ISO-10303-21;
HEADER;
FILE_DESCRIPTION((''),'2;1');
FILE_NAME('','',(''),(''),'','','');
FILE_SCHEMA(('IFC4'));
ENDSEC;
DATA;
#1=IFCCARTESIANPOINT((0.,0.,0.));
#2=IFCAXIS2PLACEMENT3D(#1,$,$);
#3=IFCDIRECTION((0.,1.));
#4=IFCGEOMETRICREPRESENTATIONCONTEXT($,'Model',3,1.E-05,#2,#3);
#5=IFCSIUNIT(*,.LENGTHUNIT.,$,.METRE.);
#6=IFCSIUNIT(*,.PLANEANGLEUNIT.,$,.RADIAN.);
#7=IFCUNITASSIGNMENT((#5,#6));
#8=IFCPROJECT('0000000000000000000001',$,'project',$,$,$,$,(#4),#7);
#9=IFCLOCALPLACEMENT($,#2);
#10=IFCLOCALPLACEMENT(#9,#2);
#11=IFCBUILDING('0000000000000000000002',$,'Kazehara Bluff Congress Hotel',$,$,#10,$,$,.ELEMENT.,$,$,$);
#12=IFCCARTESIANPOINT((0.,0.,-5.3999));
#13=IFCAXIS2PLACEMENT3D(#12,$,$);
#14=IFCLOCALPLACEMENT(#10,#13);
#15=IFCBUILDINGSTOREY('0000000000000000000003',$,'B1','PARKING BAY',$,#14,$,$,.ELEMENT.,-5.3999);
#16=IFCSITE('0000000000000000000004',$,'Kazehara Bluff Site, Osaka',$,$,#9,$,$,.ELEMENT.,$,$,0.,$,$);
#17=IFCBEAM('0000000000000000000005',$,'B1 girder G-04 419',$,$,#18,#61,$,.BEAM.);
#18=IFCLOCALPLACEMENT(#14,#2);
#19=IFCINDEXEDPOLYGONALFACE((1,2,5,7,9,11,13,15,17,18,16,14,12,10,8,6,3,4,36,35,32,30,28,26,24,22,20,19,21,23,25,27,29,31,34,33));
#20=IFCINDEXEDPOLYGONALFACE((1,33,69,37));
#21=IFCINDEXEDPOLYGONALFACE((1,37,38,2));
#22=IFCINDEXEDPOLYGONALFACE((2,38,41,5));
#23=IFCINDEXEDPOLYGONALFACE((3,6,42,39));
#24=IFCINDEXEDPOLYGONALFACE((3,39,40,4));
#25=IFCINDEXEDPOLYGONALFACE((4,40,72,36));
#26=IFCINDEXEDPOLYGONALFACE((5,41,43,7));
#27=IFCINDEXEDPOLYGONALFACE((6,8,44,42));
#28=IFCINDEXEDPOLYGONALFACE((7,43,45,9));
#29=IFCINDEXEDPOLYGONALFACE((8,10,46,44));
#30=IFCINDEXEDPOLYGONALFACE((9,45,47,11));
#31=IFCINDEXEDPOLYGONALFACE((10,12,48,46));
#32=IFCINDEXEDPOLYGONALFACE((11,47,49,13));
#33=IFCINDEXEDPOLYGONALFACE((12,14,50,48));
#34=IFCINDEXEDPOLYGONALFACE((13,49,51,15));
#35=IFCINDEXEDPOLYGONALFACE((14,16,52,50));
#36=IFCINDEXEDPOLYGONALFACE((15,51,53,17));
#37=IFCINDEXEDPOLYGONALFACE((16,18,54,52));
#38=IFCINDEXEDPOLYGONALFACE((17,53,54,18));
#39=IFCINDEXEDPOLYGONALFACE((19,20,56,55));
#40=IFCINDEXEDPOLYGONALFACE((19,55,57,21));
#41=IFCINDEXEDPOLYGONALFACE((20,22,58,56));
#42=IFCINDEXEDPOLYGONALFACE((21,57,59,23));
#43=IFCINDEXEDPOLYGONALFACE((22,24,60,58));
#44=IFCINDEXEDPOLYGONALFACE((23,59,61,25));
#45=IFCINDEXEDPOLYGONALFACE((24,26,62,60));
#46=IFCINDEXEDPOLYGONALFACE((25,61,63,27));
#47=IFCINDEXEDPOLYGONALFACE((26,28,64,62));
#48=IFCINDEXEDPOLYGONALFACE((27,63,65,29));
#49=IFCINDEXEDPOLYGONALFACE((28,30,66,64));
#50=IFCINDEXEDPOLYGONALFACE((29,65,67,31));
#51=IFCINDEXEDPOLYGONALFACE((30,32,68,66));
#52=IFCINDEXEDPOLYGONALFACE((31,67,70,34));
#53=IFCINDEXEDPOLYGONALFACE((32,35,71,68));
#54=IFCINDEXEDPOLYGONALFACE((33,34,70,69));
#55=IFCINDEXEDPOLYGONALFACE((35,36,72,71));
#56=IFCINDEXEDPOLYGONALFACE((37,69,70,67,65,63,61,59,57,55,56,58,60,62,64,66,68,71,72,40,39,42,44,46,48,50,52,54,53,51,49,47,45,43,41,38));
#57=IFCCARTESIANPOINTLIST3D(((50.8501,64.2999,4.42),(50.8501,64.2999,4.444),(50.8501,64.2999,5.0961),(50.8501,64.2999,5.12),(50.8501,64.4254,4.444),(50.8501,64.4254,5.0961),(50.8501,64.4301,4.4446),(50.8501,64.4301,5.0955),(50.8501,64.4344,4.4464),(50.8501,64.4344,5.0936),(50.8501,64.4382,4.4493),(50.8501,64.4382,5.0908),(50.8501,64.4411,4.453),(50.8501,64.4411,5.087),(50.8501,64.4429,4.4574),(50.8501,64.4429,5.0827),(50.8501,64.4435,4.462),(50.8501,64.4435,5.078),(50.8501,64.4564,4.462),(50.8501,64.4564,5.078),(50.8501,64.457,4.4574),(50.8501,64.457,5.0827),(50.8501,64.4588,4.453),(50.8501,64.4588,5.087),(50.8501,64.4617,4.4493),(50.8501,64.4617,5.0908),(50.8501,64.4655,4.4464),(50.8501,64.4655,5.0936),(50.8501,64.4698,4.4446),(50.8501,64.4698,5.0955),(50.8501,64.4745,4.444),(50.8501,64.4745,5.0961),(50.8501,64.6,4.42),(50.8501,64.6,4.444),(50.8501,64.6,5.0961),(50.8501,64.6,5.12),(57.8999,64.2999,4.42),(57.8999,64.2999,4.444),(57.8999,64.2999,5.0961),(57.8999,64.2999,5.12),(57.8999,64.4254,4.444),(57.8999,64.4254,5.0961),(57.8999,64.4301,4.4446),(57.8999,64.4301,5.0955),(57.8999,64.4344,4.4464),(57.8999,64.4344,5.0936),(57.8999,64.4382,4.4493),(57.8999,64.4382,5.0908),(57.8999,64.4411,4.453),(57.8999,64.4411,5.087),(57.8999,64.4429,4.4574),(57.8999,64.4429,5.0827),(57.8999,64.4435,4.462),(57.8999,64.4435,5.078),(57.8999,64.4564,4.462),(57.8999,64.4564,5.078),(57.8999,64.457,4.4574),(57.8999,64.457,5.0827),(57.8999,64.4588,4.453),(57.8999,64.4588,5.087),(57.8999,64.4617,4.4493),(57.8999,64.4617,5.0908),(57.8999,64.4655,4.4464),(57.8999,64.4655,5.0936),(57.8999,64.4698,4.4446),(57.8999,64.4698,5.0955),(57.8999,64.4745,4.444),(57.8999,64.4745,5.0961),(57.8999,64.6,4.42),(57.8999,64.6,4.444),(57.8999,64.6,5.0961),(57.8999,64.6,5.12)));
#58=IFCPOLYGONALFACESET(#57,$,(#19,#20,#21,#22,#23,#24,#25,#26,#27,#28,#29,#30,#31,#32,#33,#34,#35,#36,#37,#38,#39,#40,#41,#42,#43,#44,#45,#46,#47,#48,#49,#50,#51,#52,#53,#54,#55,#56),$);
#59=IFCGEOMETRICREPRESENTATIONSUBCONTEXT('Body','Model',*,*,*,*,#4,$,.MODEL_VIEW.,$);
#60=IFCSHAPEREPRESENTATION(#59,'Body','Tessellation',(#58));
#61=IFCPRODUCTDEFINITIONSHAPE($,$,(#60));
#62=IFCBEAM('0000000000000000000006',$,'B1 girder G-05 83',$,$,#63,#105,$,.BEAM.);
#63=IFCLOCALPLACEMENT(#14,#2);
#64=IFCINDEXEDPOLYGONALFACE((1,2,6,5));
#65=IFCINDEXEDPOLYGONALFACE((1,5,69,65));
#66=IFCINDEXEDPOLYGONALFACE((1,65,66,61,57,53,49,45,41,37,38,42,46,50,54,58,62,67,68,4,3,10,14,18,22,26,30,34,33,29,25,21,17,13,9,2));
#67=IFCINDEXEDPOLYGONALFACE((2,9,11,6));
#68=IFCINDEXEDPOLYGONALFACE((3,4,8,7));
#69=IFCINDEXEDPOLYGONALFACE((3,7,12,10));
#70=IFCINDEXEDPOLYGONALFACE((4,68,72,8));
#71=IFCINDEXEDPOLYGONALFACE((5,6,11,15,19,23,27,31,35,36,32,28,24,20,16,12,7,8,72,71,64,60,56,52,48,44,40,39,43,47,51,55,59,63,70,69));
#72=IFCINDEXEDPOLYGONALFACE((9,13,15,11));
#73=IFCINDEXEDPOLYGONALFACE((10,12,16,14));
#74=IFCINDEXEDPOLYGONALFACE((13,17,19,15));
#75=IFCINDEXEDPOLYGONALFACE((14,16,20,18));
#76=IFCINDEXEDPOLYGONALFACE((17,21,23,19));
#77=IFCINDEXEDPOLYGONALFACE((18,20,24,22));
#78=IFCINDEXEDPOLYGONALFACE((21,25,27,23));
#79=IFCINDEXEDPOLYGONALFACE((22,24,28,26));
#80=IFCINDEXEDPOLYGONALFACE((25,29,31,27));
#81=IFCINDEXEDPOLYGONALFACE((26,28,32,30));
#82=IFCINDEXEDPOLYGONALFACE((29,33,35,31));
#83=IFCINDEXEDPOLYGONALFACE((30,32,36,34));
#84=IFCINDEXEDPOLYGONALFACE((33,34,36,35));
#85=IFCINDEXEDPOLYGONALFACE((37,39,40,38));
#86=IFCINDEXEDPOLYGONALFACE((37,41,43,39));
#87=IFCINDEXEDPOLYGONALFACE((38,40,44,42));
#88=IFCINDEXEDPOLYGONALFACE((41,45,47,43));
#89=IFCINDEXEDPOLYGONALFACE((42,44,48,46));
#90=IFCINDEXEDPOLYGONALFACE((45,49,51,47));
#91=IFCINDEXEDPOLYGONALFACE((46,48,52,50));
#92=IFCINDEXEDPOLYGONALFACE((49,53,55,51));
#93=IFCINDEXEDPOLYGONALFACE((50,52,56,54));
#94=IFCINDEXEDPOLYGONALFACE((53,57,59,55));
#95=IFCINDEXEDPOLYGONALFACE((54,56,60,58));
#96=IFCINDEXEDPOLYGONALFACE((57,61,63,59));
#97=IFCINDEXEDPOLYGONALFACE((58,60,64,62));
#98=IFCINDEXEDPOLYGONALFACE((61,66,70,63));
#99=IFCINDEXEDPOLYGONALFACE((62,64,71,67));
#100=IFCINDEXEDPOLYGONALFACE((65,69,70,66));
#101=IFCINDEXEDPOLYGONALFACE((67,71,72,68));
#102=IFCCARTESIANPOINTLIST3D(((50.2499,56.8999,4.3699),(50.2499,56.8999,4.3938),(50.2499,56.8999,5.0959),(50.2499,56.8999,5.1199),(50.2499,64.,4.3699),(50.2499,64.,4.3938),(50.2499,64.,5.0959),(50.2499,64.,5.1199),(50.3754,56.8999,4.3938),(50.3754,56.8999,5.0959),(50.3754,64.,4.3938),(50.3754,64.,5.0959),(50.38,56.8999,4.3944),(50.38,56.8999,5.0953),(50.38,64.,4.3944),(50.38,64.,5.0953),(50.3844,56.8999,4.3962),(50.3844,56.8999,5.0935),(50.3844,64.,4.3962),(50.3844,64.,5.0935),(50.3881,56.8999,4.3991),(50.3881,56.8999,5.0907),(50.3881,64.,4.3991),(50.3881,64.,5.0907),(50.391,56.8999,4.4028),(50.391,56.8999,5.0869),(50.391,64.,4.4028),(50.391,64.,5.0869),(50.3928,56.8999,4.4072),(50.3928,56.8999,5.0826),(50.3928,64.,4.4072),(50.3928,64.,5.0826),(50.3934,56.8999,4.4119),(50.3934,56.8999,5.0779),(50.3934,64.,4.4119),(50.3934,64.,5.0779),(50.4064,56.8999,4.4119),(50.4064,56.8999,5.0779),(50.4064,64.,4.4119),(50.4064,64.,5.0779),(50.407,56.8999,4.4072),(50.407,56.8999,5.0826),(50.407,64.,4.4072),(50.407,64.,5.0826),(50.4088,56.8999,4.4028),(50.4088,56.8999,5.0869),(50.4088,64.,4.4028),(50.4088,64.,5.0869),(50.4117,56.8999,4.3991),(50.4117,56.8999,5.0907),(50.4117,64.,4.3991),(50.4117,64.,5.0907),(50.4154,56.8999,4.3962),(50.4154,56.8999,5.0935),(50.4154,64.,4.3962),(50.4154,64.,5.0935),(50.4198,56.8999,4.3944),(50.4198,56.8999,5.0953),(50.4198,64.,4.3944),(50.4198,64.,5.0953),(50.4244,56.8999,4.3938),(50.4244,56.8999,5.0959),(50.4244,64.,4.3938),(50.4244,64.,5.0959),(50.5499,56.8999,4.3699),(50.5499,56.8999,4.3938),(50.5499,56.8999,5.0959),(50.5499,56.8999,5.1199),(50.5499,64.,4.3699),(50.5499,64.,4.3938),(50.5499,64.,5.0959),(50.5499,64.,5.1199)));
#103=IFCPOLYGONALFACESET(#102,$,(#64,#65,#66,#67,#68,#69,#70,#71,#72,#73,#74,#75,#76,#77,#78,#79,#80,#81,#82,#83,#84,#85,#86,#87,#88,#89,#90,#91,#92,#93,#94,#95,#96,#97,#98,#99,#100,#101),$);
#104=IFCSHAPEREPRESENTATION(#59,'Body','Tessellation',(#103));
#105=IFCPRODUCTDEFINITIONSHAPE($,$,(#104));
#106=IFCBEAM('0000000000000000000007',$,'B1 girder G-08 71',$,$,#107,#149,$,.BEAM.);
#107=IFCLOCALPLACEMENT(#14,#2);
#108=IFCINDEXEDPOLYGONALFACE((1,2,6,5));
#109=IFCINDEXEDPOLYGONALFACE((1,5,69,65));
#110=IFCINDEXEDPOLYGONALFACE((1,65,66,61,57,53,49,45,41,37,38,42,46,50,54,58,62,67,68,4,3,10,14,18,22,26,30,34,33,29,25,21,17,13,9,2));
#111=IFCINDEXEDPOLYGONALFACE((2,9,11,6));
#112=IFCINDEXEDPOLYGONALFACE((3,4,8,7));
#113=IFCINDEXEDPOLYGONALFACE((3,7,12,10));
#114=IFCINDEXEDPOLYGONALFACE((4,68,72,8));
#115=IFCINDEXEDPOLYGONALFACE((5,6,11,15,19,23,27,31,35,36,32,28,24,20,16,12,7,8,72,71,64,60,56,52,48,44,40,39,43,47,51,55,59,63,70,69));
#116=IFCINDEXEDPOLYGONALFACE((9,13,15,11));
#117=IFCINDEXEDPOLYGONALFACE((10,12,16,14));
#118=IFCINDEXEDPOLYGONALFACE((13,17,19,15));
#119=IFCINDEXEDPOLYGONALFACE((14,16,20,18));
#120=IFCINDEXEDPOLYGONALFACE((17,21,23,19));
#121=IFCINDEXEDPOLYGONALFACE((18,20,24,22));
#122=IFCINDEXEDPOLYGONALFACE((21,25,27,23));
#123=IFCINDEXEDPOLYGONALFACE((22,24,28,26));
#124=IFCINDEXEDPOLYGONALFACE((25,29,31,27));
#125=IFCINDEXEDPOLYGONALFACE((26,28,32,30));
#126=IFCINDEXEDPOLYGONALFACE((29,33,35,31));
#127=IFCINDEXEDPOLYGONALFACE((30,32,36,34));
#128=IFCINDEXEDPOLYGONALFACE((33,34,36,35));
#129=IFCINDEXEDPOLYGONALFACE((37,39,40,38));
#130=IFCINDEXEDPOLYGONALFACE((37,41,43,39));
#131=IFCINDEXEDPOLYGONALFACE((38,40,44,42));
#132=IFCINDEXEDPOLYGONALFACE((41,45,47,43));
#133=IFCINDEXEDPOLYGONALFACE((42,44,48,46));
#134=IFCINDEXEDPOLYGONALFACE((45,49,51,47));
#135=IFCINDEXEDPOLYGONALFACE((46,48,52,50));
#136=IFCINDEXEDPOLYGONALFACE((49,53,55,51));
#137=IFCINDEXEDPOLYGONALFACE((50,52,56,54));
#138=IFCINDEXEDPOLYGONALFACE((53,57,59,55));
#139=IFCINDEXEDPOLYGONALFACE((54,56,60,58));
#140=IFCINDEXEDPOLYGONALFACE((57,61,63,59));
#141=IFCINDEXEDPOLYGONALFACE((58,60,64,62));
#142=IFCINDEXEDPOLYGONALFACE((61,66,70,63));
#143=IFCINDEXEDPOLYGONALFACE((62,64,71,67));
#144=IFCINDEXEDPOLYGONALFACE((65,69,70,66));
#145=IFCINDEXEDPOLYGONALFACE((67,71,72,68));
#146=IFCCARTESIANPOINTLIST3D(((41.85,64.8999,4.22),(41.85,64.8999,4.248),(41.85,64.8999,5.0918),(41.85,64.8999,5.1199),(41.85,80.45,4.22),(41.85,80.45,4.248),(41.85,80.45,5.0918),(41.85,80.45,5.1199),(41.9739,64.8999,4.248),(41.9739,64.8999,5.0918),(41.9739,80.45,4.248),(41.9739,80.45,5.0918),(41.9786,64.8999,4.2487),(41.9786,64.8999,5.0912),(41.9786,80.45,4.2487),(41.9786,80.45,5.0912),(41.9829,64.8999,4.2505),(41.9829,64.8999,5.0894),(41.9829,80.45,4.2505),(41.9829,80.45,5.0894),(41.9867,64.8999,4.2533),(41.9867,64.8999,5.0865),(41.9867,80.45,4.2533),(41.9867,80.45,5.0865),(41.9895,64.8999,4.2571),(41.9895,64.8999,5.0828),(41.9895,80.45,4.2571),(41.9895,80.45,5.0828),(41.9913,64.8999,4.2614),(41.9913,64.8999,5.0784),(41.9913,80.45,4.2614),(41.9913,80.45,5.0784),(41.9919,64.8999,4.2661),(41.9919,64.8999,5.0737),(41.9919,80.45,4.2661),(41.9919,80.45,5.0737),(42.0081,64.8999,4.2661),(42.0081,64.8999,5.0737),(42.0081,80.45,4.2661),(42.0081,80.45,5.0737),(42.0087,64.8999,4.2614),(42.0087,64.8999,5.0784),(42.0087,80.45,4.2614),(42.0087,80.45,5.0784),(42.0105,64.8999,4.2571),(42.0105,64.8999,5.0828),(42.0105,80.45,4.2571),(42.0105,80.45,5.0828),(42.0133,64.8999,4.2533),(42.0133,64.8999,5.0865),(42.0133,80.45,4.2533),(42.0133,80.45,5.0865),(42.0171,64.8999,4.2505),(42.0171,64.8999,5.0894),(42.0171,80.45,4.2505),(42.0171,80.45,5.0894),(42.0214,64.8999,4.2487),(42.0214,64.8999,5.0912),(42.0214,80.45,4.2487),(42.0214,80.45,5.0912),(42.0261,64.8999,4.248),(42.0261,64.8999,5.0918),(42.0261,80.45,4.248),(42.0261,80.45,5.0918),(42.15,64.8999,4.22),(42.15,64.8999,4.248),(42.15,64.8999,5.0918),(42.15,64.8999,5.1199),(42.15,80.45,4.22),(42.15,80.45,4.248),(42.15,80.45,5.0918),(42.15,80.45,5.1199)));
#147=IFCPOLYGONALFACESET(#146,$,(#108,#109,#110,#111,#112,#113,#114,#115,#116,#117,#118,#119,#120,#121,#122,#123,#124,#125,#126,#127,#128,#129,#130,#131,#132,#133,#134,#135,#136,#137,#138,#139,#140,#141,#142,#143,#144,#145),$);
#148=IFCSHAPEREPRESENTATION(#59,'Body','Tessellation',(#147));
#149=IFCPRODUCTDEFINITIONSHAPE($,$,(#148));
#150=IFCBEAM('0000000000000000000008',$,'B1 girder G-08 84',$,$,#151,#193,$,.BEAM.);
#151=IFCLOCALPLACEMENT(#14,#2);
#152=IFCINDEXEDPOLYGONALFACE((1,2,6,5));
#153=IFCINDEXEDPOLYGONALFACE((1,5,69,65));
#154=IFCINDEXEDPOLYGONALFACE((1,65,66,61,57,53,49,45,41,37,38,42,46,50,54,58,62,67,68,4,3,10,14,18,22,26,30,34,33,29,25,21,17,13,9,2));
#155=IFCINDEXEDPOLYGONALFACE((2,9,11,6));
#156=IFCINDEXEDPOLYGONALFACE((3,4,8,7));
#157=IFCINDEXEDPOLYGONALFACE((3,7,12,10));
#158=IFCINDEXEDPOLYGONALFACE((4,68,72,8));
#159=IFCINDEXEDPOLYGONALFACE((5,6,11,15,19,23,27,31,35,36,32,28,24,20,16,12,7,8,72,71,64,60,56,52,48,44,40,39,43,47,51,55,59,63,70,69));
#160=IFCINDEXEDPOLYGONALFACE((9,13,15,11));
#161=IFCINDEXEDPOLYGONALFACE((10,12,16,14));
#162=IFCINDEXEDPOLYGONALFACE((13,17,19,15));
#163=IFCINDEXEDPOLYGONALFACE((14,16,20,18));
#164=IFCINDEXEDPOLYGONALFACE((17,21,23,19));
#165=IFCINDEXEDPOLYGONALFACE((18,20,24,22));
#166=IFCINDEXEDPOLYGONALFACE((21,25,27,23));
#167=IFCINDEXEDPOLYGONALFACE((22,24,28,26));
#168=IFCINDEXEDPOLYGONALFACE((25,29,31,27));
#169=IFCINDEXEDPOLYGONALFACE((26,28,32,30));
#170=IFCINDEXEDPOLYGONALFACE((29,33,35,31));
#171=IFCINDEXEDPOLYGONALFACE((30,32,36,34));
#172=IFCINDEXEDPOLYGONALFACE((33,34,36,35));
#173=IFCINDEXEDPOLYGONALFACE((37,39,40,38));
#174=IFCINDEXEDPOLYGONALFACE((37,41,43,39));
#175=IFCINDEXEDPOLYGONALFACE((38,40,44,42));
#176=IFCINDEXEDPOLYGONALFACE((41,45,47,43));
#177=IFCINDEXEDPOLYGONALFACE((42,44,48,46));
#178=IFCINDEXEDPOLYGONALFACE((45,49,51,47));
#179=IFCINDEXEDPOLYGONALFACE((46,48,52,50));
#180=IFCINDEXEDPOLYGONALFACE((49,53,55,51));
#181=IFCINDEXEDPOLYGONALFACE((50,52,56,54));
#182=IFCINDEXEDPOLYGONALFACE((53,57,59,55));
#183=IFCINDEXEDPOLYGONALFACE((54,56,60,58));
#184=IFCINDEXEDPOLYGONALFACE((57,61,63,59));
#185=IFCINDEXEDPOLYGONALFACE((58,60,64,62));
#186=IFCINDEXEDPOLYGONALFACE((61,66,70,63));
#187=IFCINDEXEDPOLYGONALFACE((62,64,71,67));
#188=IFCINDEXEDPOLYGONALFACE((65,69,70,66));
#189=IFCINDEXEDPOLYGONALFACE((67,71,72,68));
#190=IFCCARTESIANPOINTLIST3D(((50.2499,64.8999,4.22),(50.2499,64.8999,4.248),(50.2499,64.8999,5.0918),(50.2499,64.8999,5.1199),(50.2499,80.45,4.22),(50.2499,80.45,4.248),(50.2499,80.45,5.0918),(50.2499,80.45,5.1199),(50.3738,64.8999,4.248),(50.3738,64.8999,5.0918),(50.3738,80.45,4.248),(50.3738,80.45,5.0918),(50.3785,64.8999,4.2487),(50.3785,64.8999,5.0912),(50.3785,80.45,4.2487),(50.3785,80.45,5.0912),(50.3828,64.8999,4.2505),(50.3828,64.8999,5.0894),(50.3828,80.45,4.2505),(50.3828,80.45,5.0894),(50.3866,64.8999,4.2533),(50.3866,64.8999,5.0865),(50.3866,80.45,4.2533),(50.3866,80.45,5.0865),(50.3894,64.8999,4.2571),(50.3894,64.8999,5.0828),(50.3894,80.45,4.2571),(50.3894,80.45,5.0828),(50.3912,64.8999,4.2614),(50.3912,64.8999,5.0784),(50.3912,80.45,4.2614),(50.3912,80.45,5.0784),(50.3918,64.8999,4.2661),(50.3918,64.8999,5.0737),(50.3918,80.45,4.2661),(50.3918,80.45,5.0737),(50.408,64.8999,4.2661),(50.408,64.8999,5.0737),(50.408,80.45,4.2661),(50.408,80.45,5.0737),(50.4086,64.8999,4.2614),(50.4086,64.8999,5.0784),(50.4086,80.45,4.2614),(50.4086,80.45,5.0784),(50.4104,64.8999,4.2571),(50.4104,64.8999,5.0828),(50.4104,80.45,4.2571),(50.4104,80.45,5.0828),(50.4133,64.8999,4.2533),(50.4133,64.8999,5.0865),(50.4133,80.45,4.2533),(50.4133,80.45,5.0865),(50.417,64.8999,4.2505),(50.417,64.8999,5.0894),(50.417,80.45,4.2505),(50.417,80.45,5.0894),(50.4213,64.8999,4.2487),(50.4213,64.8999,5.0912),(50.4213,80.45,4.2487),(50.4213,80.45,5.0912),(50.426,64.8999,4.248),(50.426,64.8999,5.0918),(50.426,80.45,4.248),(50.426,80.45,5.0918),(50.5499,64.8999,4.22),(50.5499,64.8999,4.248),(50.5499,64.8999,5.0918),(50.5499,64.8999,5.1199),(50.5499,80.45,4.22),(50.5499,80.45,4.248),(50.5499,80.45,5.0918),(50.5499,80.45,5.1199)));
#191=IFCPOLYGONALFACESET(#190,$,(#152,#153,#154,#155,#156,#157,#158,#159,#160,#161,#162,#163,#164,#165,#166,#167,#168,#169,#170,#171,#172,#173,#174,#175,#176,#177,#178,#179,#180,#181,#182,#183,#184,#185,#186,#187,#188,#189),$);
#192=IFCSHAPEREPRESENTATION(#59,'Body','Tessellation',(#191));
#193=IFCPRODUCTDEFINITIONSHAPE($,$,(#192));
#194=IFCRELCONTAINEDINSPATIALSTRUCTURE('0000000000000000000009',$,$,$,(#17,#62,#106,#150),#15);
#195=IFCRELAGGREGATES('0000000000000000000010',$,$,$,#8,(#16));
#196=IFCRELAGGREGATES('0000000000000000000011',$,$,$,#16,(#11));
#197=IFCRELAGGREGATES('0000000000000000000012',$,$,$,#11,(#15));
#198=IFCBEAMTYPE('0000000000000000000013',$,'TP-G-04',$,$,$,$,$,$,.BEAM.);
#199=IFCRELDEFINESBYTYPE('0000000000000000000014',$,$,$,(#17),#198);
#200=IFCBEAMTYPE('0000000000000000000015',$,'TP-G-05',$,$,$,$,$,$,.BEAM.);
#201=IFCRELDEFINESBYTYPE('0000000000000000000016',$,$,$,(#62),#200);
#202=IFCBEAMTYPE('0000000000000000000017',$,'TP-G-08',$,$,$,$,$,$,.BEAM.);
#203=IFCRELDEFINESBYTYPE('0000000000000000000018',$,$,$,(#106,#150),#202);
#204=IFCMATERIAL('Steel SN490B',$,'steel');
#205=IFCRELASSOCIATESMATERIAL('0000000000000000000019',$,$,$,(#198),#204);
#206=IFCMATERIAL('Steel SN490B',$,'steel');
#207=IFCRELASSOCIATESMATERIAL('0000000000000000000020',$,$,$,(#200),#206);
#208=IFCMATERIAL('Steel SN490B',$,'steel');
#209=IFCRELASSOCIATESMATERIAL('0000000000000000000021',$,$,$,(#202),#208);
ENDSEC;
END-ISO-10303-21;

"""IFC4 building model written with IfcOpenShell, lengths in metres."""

from ifc_helpers import new_model, si_unit, direction, frame, origin, origin_2d, place, context, subcontext, project, spatial, i_section, extrude, material, material_profile, profile_set, type_object, element, save


model = new_model("IFC4")

# Units and contexts
model_context = context("Model", 3, precision=1e-05, world=origin(), true_north=direction((0.0, 1.0)))
body_context = subcontext(model_context, "Body", "Model", "MODEL_VIEW")
ifc_project = project(units=[si_unit("LENGTHUNIT", "METRE"), si_unit("PLANEANGLEUNIT", "RADIAN")], contexts=[model_context])

# Site, building, storey
site_placement = place(None, origin())
site = spatial("IfcSite", under=ifc_project, at=site_placement, Name="Kazehara Bluff Site, Osaka", CompositionType="ELEMENT", RefElevation=0.0)
building_placement = place(site_placement, origin())
building = spatial("IfcBuilding", under=site, at=building_placement, Name="Kazehara Bluff Congress Hotel", CompositionType="ELEMENT")
storey_placement = place(building_placement, frame((0.0, 0.0, -5.3999)))
storey = spatial("IfcBuildingStorey", under=building, at=storey_placement, Name="B1", Description="PARKING BAY", CompositionType="ELEMENT", Elevation=-5.3999)

# Beams
ifc_material_1 = material(Name="Steel SN490B", Category="steel")
ifc_material_profile_1 = material_profile(ifc_material_1, i_section(OverallWidth=0.3, OverallDepth=0.7, WebThickness=0.0129, FlangeThickness=0.0239, FilletRadius=0.0181, at=origin_2d()))
ifc_profile_set_1 = profile_set([ifc_material_profile_1], Name="Steel SN490B")
beam_type_1 = type_object("IfcBeamType", Name="TP-G-04", PredefinedType="BEAM", material=ifc_profile_set_1)
beam_1_placement = place(storey_placement, frame((50.8501, 64.45, 4.77), z_axis=(1.0, 0.0, 0.0), x_axis=(0.0, 1.0, 0.0)))
element("IfcBeam", 1, at=beam_1_placement, inside=storey, type_object=beam_type_1, Name="B1 girder G-04 419", PredefinedType="BEAM", context=body_context, shape_type="SweptSolid", body=[
    extrude(i_section(OverallWidth=0.3, OverallDepth=0.7, WebThickness=0.0129, FlangeThickness=0.0239, FilletRadius=0.0181, at=origin_2d()), origin(), (0.0, 0.0, 1.0), 7.0498),
])
ifc_material_2 = material(Name="Steel SN490B", Category="steel")
ifc_material_profile_2 = material_profile(ifc_material_2, i_section(OverallWidth=0.3, OverallDepth=0.75, WebThickness=0.0129, FlangeThickness=0.0239, FilletRadius=0.0181, at=origin_2d()))
ifc_profile_set_2 = profile_set([ifc_material_profile_2], Name="Steel SN490B")
beam_type_2 = type_object("IfcBeamType", Name="TP-G-05", PredefinedType="BEAM", material=ifc_profile_set_2)
beam_2_placement = place(storey_placement, frame((50.3999, 56.8999, 4.7449), z_axis=(0.0, 1.0, 0.0), x_axis=(-1.0, 0.0, 0.0)))
element("IfcBeam", 2, at=beam_2_placement, inside=storey, type_object=beam_type_2, Name="B1 girder G-05 83", PredefinedType="BEAM", context=body_context, shape_type="SweptSolid", body=[
    extrude(i_section(OverallWidth=0.3, OverallDepth=0.75, WebThickness=0.0129, FlangeThickness=0.0239, FilletRadius=0.0181, at=origin_2d()), origin(), (0.0, 0.0, 1.0), 7.1001),
])
ifc_material_3 = material(Name="Steel SN490B", Category="steel")
ifc_material_profile_3 = material_profile(ifc_material_3, i_section(OverallWidth=0.3, OverallDepth=0.8999, WebThickness=0.0161, FlangeThickness=0.0281, FilletRadius=0.0181, at=origin_2d()))
ifc_profile_set_3 = profile_set([ifc_material_profile_3], Name="Steel SN490B")
beam_type_3 = type_object("IfcBeamType", Name="TP-G-08", PredefinedType="BEAM", material=ifc_profile_set_3)
for number, where, z_axis, x_axis, name in (
    (3, (42.0, 64.8999, 4.6699), (0.0, 1.0, 0.0), (-1.0, 0.0, 0.0), "B1 girder G-08 71"),
    (4, (50.3999, 64.8999, 4.6699), (0.0, 1.0, 0.0), (-1.0, 0.0, 0.0), "B1 girder G-08 84"),
):
    element("IfcBeam", number, at=place(storey_placement, frame(where, z_axis=z_axis, x_axis=x_axis)), inside=storey, type_object=beam_type_3, Name=name, PredefinedType="BEAM", context=body_context, shape_type="SweptSolid", body=[
        extrude(i_section(OverallWidth=0.3, OverallDepth=0.8999, WebThickness=0.0161, FlangeThickness=0.0281, FilletRadius=0.0181, at=origin_2d()), origin(), (0.0, 0.0, 1.0), 15.55),
    ])

save(model, "model.ifc")
